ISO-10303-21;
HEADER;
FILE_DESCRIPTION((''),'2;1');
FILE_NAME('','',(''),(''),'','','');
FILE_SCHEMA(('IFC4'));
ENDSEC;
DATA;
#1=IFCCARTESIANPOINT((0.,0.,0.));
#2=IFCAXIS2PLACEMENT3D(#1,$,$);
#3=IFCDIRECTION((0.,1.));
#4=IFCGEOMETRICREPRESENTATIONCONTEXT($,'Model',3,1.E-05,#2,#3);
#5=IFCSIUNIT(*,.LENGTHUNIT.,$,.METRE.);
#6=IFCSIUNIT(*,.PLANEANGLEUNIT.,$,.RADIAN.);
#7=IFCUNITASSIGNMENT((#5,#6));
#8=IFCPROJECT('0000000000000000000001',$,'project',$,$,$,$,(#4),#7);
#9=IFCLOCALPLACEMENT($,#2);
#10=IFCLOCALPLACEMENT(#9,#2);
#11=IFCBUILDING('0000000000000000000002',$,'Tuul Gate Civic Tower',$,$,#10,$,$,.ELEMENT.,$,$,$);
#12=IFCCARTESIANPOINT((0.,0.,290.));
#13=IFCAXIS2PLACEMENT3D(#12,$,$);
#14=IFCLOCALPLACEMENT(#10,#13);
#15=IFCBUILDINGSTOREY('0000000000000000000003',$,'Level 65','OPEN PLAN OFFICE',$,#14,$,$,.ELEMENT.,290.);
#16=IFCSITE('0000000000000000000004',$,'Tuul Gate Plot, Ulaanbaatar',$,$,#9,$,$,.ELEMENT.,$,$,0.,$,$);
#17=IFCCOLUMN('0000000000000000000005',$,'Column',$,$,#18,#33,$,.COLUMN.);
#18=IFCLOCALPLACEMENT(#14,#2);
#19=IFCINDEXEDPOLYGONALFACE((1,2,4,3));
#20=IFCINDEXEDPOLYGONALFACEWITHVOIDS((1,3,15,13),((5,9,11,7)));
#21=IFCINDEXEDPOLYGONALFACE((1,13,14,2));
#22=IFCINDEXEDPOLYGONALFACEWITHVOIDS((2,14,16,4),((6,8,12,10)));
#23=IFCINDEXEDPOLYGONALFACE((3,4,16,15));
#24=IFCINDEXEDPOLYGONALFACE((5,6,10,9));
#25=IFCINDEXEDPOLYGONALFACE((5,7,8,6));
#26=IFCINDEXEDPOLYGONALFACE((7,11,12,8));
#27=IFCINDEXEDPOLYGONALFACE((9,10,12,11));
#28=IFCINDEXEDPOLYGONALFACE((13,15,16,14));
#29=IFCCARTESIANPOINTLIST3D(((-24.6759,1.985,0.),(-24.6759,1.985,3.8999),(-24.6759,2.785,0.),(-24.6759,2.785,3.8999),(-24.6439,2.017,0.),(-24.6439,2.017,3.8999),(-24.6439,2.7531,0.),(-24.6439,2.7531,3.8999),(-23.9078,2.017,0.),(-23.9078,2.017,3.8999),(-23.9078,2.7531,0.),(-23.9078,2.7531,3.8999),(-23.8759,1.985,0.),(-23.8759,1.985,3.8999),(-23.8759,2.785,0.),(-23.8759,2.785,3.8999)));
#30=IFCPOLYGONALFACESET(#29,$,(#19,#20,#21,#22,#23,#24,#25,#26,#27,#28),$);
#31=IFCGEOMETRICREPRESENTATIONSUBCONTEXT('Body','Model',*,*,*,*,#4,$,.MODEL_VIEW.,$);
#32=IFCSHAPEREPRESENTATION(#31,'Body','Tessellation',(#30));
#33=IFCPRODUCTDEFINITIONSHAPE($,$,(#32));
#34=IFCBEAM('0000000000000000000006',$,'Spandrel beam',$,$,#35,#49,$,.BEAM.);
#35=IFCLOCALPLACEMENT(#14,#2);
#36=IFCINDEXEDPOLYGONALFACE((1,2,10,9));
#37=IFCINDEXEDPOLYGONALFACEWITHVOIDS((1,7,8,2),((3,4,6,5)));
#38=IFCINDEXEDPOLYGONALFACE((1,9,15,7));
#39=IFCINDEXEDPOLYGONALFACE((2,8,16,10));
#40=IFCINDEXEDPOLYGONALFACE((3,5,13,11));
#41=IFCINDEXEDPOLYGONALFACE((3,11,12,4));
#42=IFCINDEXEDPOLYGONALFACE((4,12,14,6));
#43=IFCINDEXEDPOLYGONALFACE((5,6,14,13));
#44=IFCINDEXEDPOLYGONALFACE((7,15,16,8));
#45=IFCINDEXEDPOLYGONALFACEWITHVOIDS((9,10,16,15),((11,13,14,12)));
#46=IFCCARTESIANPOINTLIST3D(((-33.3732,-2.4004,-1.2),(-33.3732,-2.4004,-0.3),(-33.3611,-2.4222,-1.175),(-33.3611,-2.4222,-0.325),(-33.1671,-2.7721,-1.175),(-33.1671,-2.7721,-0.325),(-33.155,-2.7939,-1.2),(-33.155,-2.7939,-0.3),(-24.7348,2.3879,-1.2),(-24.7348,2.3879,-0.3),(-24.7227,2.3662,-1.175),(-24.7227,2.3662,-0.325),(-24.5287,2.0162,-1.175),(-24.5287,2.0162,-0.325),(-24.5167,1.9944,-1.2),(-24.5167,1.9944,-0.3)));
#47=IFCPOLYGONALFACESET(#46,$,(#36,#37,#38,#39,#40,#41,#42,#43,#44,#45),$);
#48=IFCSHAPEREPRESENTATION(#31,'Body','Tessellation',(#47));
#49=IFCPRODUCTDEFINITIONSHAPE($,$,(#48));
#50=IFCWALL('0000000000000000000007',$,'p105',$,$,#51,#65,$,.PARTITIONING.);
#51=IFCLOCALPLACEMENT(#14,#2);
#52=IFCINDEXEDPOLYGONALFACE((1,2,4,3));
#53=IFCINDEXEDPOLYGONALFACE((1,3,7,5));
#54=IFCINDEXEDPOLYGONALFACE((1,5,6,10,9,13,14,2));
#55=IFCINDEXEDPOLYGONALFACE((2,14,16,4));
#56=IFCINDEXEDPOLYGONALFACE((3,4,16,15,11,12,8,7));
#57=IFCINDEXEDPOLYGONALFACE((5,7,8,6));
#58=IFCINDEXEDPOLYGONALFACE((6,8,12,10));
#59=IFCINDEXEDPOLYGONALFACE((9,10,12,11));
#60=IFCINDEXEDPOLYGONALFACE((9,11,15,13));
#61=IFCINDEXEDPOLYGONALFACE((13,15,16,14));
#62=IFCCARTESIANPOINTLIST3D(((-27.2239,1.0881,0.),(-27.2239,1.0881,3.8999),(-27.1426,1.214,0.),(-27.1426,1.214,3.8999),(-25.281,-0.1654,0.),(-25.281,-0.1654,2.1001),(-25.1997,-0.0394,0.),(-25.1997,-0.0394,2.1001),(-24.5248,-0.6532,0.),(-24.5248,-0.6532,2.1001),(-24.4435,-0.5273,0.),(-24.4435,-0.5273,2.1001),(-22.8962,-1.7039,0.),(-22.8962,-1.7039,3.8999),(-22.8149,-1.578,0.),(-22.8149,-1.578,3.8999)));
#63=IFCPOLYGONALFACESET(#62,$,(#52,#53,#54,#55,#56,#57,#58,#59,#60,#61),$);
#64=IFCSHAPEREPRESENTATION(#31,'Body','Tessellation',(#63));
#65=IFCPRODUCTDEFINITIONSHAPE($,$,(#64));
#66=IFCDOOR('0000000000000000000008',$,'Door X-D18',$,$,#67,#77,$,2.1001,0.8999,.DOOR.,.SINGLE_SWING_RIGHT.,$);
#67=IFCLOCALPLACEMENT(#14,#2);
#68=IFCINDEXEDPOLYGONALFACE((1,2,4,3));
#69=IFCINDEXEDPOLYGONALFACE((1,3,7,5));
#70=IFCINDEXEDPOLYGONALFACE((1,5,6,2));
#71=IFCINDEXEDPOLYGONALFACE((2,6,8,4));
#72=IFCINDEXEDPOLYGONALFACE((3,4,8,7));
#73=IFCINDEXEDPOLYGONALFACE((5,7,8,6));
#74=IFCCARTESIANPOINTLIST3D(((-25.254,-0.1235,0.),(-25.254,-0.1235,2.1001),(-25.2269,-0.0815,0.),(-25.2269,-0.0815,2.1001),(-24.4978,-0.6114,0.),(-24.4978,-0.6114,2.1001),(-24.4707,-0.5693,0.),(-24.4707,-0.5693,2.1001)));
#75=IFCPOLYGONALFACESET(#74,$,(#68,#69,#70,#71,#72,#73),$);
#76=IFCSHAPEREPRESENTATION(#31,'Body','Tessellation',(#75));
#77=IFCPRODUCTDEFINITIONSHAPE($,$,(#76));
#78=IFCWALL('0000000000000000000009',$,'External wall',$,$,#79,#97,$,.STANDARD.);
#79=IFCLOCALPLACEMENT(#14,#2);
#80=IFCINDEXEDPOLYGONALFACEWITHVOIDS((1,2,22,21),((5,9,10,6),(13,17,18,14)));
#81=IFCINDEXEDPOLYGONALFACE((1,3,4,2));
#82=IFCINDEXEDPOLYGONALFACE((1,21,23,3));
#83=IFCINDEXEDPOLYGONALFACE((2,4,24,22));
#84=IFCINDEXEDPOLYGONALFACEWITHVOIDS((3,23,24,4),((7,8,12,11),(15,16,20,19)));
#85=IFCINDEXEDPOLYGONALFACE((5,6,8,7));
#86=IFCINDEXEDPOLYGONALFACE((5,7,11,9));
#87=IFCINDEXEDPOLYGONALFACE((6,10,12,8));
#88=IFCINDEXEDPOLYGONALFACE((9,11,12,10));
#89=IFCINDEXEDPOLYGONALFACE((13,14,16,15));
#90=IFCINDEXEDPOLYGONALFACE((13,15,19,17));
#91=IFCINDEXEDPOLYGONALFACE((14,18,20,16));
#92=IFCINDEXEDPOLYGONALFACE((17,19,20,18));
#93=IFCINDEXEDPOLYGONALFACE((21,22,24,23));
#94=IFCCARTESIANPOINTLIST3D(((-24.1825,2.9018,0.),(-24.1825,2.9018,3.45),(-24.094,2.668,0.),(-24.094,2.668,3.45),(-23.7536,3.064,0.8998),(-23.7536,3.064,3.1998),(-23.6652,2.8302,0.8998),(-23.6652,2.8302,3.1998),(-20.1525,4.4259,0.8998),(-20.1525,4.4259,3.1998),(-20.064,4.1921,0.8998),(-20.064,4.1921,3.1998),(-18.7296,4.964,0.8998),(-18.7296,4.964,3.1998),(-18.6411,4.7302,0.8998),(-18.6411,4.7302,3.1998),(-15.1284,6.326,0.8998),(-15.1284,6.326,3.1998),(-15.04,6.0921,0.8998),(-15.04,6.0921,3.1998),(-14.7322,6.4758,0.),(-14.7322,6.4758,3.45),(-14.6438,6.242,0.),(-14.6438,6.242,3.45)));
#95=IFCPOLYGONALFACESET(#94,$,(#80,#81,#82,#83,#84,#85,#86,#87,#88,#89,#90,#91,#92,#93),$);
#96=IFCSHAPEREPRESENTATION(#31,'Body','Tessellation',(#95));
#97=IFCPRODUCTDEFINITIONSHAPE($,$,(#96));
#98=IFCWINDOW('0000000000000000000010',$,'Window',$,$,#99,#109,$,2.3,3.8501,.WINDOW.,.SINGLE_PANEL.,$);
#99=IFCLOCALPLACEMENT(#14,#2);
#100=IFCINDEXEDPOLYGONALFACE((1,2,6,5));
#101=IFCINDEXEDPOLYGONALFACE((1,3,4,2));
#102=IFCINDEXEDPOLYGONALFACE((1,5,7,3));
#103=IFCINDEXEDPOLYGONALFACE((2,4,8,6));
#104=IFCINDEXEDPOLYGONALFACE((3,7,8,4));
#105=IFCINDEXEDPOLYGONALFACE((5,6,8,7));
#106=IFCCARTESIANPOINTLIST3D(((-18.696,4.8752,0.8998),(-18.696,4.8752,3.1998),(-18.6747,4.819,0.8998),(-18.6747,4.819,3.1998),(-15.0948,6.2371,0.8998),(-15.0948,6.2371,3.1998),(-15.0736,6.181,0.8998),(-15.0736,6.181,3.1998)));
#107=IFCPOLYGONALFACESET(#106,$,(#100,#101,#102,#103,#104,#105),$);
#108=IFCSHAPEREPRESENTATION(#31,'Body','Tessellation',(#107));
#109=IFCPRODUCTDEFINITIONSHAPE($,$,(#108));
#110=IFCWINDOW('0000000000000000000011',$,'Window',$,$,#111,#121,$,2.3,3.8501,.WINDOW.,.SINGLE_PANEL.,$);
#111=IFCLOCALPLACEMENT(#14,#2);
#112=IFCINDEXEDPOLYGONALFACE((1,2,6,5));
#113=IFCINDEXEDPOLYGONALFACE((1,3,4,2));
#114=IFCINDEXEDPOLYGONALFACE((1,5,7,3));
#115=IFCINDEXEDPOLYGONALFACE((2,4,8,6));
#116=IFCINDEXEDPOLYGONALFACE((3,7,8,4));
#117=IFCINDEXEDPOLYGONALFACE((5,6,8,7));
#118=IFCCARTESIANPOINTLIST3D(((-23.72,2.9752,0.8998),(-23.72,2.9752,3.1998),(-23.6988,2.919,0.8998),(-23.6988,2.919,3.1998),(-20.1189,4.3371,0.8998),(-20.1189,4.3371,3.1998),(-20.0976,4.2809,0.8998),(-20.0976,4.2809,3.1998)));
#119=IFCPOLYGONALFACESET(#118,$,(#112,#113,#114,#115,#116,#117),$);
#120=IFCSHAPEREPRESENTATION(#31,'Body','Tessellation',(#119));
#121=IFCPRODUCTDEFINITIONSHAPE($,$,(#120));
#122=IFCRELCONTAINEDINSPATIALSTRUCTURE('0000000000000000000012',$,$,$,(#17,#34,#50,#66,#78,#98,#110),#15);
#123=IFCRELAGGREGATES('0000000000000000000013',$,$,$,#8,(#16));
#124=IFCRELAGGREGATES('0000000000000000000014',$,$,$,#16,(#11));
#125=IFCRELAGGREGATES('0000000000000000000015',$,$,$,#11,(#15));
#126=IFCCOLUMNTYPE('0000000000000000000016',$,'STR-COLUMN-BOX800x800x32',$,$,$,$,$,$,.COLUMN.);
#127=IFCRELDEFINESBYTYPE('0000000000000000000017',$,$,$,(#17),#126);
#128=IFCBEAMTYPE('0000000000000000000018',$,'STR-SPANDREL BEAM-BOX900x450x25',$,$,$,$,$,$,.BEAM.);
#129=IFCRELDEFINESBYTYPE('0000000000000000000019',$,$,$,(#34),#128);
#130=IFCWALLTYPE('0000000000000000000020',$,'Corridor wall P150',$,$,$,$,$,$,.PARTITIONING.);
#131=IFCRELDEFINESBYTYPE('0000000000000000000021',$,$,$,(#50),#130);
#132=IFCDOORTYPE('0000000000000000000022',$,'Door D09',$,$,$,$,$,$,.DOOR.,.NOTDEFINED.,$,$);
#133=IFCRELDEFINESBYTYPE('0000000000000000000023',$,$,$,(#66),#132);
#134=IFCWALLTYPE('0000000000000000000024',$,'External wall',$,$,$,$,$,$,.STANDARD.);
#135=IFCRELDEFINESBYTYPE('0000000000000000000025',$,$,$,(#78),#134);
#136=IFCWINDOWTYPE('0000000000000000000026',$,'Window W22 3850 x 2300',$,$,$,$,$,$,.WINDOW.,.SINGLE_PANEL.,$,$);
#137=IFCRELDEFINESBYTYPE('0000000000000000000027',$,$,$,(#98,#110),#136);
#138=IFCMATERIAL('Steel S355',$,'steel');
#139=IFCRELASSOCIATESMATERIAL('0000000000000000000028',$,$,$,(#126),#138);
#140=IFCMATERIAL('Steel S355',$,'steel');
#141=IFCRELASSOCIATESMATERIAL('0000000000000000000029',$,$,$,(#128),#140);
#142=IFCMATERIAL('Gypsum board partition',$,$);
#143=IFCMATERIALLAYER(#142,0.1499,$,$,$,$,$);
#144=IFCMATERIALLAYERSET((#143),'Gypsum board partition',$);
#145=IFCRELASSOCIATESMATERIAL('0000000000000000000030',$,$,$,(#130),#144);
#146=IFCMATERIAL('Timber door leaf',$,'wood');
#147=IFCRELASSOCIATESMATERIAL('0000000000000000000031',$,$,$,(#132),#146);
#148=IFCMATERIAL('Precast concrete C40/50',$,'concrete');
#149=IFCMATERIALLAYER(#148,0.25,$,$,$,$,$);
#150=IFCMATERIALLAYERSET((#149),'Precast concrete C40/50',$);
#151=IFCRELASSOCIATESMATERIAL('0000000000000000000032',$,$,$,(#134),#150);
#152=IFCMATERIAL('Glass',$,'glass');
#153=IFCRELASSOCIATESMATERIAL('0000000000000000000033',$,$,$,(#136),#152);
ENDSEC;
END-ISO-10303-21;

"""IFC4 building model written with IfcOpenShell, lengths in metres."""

from ifc_helpers import new_model, si_unit, direction, frame, frame_2d, origin, origin_2d, place, context, subcontext, project, spatial, rectangle, hollow_rectangle, extrude, material, layer, layer_set, material_profile, profile_set, type_object, element, fill, save


model = new_model("IFC4")

# Units and contexts
model_context = context("Model", 3, precision=1e-05, world=origin(), true_north=direction((0.0, 1.0)))
body_context = subcontext(model_context, "Body", "Model", "MODEL_VIEW")
ifc_project = project(units=[si_unit("LENGTHUNIT", "METRE"), si_unit("PLANEANGLEUNIT", "RADIAN")], contexts=[model_context])

# Site, building, storey
site_placement = place(None, origin())
site = spatial("IfcSite", under=ifc_project, at=site_placement, Name="Tuul Gate Plot, Ulaanbaatar", CompositionType="ELEMENT", RefElevation=0.0)
building_placement = place(site_placement, origin())
building = spatial("IfcBuilding", under=site, at=building_placement, Name="Tuul Gate Civic Tower", CompositionType="ELEMENT")
storey_placement = place(building_placement, frame((0.0, 0.0, 290.0)))
storey = spatial("IfcBuildingStorey", under=building, at=storey_placement, Name="Level 65", Description="OPEN PLAN OFFICE", CompositionType="ELEMENT", Elevation=290.0)

# Column
ifc_material_1 = material(Name="Steel S355", Category="steel")
ifc_material_profile_1 = material_profile(ifc_material_1, hollow_rectangle(XDim=0.8, YDim=0.8, WallThickness=0.032, at=origin_2d()), Name="BOX800x800x32")
ifc_profile_set_1 = profile_set([ifc_material_profile_1], Name="Steel S355")
column_type = type_object("IfcColumnType", Name="STR-COLUMN-BOX800x800x32", PredefinedType="COLUMN", material=ifc_profile_set_1)
column_placement = place(storey_placement, frame((-24.2759, 2.385, 0.0), z_axis=(0.0, 0.0, 1.0), x_axis=(1.0, 0.0, 0.0)))
element("IfcColumn", 1, at=column_placement, inside=storey, type_object=column_type, Name="Column", PredefinedType="COLUMN", context=body_context, shape_type="SweptSolid", body=[
    extrude(hollow_rectangle(XDim=0.8, YDim=0.8, WallThickness=0.032, at=origin_2d()), origin(), (0.0, 0.0, 1.0), 3.8999),
])

# Beam
ifc_material_2 = material(Name="Steel S355", Category="steel")
ifc_material_profile_2 = material_profile(ifc_material_2, hollow_rectangle(XDim=0.45, YDim=0.8999, WallThickness=0.0249, at=origin_2d()), Name="BOX900x450x25")
ifc_profile_set_2 = profile_set([ifc_material_profile_2], Name="Steel S355")
beam_type = type_object("IfcBeamType", Name="STR-SPANDREL BEAM-BOX900x450x25", PredefinedType="BEAM", material=ifc_profile_set_2)
beam_placement = place(storey_placement, frame((-24.6257, 2.1912, -0.75), z_axis=(-0.874621, -0.484807, 0.0), x_axis=(0.484807, -0.874621, 0.0)))
element("IfcBeam", 2, at=beam_placement, inside=storey, type_object=beam_type, Name="Spandrel beam", PredefinedType="BEAM", context=body_context, shape_type="SweptSolid", body=[
    extrude(hollow_rectangle(XDim=0.45, YDim=0.8999, WallThickness=0.0249, at=origin_2d()), origin(), (0.0, 0.0, 1.0), 9.8767),
])

# Wall, opening, door
ifc_material_3 = material(Name="Gypsum board partition")
ifc_layer_1 = layer(ifc_material_3, 0.1499)
ifc_layer_set_1 = layer_set([ifc_layer_1], Name="Gypsum board partition")
wall_type_1 = type_object("IfcWallType", Name="Corridor wall P150", PredefinedType="PARTITIONING", material=ifc_layer_set_1)
wall_1_placement = place(storey_placement, frame((-27.1833, 1.1511, 0.0), z_axis=(0.0, 0.0, 1.0), x_axis=(0.840299, -0.542123, 0.0)))
wall_1 = element("IfcWall", 3, at=wall_1_placement, inside=storey, type_object=wall_type_1, Name="p105", PredefinedType="PARTITIONING", context=body_context, shape_type="SweptSolid", body=[
    extrude(rectangle(XDim=5.1501, YDim=0.1499, at=frame_2d((2.5752, 0.0))), origin(), (0.0, 0.0, 1.0), 3.8999),
])
opening_1_placement = place(wall_1_placement, frame((2.3123, 0.0, 0.0)))
opening_1 = element("IfcOpeningElement", 4, at=opening_1_placement, cuts=wall_1, PredefinedType="OPENING", context=body_context, shape_type="SweptSolid", body=[
    extrude(rectangle(XDim=0.8999, YDim=2.1001, at=frame_2d((0.45, 1.05))), frame((0.0, 0.085, 0.0), z_axis=(0.0, -1.0, 0.0), x_axis=(1.0, 0.0, 0.0)), (0.0, 0.0, 1.0), 0.1699),
])
ifc_material_4 = material(Name="Timber door leaf", Category="wood")
door_type = type_object("IfcDoorType", Name="Door D09", OperationType="NOTDEFINED", PredefinedType="DOOR", material=ifc_material_4)
door_placement = place(opening_1_placement, origin())
door = element("IfcDoor", 5, at=door_placement, inside=storey, type_object=door_type, Name="Door X-D18", OperationType="SINGLE_SWING_RIGHT", OverallHeight=2.1001, OverallWidth=0.8999, PredefinedType="DOOR", context=body_context, shape_type="SweptSolid", body=[
    extrude(rectangle(XDim=0.8999, YDim=2.1001, at=frame_2d((0.45, 1.05))), frame((0.0, 0.0249, 0.0), z_axis=(0.0, -1.0, 0.0), x_axis=(1.0, 0.0, 0.0)), (0.0, 0.0, 1.0), 0.05),
])
fill(opening_1, door)

# Wall, openings, windows
ifc_material_5 = material(Name="Precast concrete C40/50", Category="concrete")
ifc_layer_2 = layer(ifc_material_5, 0.25)
ifc_layer_set_2 = layer_set([ifc_layer_2], Name="Precast concrete C40/50")
wall_type_2 = type_object("IfcWallType", Name="External wall", PredefinedType="STANDARD", material=ifc_layer_set_2)
wall_2_placement = place(storey_placement, frame((-14.688, 6.3589, 0.0), z_axis=(0.0, 0.0, 1.0), x_axis=(-0.935344, -0.353738, 0.0)))
wall_2 = element("IfcWall", 6, at=wall_2_placement, inside=storey, type_object=wall_type_2, Name="External wall", PredefinedType="STANDARD", context=body_context, shape_type="SweptSolid", body=[
    extrude(rectangle(XDim=10.1035, YDim=0.25, at=frame_2d((5.0518, 0.0))), origin(), (0.0, 0.0, 1.0), 3.45),
])
opening_2_placement = place(wall_2_placement, frame((0.4236, 0.0, 0.8999)))
opening_2 = element("IfcOpeningElement", 7, at=opening_2_placement, cuts=wall_2, PredefinedType="OPENING", context=body_context, shape_type="SweptSolid", body=[
    extrude(rectangle(XDim=3.8501, YDim=2.3, at=frame_2d((1.925, 1.1499))), frame((0.0, 0.135, 0.0), z_axis=(0.0, -1.0, 0.0), x_axis=(1.0, 0.0, 0.0)), (0.0, 0.0, 1.0), 0.27),
])
opening_3_placement = place(wall_2_placement, frame((5.7949, 0.0, 0.8999)))
opening_3 = element("IfcOpeningElement", 8, at=opening_3_placement, cuts=wall_2, PredefinedType="OPENING", context=body_context, shape_type="SweptSolid", body=[
    extrude(rectangle(XDim=3.8501, YDim=2.3, at=frame_2d((1.925, 1.1499))), frame((0.0, 0.135, 0.0), z_axis=(0.0, -1.0, 0.0), x_axis=(1.0, 0.0, 0.0)), (0.0, 0.0, 1.0), 0.27),
])
ifc_material_6 = material(Name="Glass", Category="glass")
window_type_1 = type_object("IfcWindowType", Name="Window W22 3850 x 2300", PartitioningType="SINGLE_PANEL", PredefinedType="WINDOW", material=ifc_material_6)
window_1_placement = place(opening_2_placement, origin())
window_1 = element("IfcWindow", 9, at=window_1_placement, inside=storey, type_object=window_type_1, Name="Window", OverallHeight=2.3, OverallWidth=3.8501, PartitioningType="SINGLE_PANEL", PredefinedType="WINDOW", context=body_context, shape_type="SweptSolid", body=[
    extrude(rectangle(XDim=3.8501, YDim=2.3, at=frame_2d((1.925, 1.1499))), frame((0.0, 0.03, 0.0), z_axis=(0.0, -1.0, 0.0), x_axis=(1.0, 0.0, 0.0)), (0.0, 0.0, 1.0), 0.0601),
])
fill(opening_2, window_1)
window_2_placement = place(opening_3_placement, origin())
window_2 = element("IfcWindow", 10, at=window_2_placement, inside=storey, type_object=window_type_1, Name="Window", OverallHeight=2.3, OverallWidth=3.8501, PartitioningType="SINGLE_PANEL", PredefinedType="WINDOW", context=body_context, shape_type="SweptSolid", body=[
    extrude(rectangle(XDim=3.8501, YDim=2.3, at=frame_2d((1.925, 1.1499))), frame((0.0, 0.03, 0.0), z_axis=(0.0, -1.0, 0.0), x_axis=(1.0, 0.0, 0.0)), (0.0, 0.0, 1.0), 0.0601),
])
fill(opening_3, window_2)

save(model, "model.ifc")
